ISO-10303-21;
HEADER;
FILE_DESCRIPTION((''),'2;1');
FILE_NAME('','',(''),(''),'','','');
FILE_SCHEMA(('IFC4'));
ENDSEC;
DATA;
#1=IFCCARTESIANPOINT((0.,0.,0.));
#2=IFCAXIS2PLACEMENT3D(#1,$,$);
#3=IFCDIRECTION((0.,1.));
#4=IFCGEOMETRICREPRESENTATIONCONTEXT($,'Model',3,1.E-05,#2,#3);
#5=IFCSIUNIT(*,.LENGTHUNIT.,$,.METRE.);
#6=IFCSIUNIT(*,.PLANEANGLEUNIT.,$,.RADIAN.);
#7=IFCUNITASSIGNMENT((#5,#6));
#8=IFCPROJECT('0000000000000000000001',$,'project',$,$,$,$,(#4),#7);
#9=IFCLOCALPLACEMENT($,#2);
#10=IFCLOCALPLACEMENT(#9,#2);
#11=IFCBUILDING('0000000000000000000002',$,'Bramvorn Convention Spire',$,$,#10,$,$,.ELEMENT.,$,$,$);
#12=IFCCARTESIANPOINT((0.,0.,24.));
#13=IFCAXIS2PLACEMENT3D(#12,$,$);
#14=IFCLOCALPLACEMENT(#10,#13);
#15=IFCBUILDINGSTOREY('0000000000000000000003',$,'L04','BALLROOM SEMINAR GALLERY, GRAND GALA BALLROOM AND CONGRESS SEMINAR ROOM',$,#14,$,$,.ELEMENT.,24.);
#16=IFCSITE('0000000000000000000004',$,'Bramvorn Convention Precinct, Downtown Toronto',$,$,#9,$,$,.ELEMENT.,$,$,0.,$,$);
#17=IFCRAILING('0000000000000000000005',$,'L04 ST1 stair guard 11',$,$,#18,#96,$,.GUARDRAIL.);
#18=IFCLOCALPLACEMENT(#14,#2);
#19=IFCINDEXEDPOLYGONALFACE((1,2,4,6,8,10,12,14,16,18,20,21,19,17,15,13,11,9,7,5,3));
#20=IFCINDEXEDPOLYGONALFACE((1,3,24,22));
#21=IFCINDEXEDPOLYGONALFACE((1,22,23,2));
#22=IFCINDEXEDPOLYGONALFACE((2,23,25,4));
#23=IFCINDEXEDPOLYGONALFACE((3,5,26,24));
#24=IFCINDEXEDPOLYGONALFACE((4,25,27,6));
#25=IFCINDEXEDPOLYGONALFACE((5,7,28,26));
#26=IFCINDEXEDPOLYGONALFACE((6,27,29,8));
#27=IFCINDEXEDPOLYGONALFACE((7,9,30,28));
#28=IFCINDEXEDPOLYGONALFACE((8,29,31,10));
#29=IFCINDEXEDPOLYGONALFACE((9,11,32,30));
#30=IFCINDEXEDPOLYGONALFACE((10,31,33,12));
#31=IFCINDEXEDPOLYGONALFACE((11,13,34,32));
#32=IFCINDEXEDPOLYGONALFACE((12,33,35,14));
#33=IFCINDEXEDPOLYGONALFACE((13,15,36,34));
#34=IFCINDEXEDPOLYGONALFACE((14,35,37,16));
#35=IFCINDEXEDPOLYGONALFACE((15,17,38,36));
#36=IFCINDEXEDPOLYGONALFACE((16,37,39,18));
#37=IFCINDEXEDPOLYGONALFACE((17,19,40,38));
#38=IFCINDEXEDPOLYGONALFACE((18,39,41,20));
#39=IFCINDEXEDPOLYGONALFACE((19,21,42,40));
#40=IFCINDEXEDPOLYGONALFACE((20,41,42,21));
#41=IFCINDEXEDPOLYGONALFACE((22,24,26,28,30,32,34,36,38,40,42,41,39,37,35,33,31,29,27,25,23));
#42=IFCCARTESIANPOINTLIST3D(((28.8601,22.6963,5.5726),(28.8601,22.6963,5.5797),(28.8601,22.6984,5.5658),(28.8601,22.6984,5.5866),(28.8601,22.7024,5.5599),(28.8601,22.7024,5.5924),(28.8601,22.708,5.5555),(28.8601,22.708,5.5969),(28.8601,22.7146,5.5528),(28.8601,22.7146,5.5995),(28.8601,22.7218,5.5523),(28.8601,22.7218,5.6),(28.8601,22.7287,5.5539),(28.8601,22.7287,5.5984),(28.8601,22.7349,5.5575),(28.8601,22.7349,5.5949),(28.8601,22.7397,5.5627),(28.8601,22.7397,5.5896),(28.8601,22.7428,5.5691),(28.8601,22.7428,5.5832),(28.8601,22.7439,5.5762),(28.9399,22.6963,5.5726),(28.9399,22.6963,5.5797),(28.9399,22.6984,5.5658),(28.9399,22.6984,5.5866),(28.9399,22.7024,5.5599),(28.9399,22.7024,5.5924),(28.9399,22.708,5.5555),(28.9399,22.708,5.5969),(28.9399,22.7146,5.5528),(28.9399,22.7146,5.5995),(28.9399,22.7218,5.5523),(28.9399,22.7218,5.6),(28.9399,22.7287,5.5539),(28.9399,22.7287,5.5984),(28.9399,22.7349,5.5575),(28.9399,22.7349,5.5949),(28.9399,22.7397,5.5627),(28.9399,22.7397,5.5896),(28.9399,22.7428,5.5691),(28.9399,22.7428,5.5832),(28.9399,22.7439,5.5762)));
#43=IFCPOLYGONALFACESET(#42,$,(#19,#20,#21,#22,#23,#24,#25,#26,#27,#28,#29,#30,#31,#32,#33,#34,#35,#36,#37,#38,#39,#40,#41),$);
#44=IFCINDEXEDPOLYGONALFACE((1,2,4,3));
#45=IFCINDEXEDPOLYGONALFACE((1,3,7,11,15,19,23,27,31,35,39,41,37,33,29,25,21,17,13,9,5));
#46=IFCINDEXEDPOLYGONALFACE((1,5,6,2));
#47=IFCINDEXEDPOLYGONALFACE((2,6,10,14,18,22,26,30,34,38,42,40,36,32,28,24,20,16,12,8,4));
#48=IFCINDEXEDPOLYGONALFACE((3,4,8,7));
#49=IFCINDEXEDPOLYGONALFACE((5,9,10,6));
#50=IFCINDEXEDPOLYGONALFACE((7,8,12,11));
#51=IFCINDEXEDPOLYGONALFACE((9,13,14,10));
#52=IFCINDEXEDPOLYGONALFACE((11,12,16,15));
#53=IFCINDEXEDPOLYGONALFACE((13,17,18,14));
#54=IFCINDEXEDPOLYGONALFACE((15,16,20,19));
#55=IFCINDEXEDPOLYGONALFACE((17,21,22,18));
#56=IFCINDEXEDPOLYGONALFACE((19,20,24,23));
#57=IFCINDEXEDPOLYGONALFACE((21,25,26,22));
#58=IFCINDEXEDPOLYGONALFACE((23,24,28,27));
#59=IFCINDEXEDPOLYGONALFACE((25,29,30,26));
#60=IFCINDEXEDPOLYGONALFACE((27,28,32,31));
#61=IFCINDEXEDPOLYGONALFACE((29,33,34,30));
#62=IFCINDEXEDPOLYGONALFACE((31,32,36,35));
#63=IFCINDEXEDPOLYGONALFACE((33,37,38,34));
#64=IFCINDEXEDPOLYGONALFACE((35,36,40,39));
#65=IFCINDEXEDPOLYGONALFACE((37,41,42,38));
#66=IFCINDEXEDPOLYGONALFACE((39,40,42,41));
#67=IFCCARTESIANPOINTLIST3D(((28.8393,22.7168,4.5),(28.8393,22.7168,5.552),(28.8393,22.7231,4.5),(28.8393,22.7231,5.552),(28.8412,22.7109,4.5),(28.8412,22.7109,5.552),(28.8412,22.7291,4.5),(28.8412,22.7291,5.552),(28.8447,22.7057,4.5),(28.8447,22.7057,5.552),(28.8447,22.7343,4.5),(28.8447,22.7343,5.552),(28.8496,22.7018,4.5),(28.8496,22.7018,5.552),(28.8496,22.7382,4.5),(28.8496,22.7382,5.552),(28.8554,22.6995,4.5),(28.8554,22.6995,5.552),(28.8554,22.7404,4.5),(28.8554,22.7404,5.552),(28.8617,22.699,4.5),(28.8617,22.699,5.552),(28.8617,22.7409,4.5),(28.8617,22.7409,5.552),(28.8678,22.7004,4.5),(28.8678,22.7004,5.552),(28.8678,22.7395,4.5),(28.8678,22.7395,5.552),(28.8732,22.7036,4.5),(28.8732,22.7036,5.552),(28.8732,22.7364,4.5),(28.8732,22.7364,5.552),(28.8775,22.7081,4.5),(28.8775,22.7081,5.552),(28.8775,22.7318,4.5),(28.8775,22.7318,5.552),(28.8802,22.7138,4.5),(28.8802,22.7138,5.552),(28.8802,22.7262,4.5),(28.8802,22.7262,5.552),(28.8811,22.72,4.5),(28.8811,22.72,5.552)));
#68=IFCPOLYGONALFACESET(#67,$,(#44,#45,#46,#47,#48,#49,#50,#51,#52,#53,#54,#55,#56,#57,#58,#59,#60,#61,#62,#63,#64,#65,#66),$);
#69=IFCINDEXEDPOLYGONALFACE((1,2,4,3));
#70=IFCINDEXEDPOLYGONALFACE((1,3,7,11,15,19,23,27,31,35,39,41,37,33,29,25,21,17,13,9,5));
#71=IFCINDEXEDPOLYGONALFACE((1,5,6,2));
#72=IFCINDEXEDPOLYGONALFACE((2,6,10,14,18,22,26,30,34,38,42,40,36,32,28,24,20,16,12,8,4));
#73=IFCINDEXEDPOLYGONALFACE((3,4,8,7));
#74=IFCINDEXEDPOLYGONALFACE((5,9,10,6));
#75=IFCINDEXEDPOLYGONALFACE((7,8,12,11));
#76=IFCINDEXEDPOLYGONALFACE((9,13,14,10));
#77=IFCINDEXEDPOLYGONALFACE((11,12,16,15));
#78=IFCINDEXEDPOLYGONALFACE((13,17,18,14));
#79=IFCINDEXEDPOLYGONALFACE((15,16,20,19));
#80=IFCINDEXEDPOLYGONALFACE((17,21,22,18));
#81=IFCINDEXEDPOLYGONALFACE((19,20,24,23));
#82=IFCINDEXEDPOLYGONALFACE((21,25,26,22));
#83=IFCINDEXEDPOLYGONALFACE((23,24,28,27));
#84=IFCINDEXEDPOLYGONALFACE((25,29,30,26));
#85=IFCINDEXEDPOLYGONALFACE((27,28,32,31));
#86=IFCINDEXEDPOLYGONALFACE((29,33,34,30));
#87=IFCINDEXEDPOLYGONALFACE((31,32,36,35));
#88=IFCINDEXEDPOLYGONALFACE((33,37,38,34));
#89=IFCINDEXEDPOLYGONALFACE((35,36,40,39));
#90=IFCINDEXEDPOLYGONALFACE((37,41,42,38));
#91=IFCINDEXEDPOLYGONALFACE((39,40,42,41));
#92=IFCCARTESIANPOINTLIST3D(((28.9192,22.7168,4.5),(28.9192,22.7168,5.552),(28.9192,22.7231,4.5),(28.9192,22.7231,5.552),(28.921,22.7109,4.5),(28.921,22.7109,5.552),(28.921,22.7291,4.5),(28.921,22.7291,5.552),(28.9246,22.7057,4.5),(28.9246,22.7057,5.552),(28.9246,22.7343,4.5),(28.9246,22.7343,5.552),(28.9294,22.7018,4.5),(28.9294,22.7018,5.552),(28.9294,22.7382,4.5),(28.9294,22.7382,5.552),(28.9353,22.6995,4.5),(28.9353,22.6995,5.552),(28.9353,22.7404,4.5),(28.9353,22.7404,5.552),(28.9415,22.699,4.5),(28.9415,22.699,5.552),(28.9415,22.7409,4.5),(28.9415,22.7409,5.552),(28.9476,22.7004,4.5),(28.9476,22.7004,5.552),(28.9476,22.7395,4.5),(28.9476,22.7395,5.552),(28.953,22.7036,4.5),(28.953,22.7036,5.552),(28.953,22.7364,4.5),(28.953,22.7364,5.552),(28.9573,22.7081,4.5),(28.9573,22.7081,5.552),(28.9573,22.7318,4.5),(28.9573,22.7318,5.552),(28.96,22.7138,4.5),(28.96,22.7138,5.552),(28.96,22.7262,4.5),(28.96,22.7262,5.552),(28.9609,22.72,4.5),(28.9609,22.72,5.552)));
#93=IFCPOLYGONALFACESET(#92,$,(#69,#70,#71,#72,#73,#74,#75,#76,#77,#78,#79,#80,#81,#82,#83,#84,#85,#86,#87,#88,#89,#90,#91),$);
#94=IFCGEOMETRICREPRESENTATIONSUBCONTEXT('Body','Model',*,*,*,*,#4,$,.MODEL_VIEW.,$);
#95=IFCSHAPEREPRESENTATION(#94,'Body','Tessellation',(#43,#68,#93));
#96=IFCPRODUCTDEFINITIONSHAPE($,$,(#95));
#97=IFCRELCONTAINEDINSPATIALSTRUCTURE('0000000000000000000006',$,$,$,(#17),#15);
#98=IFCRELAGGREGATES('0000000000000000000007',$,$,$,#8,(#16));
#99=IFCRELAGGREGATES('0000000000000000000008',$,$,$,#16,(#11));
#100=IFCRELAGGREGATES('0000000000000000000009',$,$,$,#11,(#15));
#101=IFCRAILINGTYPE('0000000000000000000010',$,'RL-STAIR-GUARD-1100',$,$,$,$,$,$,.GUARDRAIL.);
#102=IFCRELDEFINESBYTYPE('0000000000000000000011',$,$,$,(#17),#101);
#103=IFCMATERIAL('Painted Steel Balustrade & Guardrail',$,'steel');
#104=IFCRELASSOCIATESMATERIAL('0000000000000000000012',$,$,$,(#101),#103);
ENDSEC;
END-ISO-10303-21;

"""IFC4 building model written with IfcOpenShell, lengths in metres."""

from ifc_helpers import new_model, si_unit, direction, frame, origin, origin_2d, place, context, subcontext, project, spatial, circle, extrude, material, type_object, element, save


model = new_model("IFC4")

# Units and contexts
model_context = context("Model", 3, precision=1e-05, world=origin(), true_north=direction((0.0, 1.0)))
body_context = subcontext(model_context, "Body", "Model", "MODEL_VIEW")
ifc_project = project(units=[si_unit("LENGTHUNIT", "METRE"), si_unit("PLANEANGLEUNIT", "RADIAN")], contexts=[model_context])

# Site, building, storey
site_placement = place(None, origin())
site = spatial("IfcSite", under=ifc_project, at=site_placement, Name="Bramvorn Convention Precinct, Downtown Toronto", CompositionType="ELEMENT", RefElevation=0.0)
building_placement = place(site_placement, origin())
building = spatial("IfcBuilding", under=site, at=building_placement, Name="Bramvorn Convention Spire", CompositionType="ELEMENT")
storey_placement = place(building_placement, frame((0.0, 0.0, 24.0)))
storey = spatial("IfcBuildingStorey", under=building, at=storey_placement, Name="L04", Description="BALLROOM SEMINAR GALLERY, GRAND GALA BALLROOM AND CONGRESS SEMINAR ROOM", CompositionType="ELEMENT", Elevation=24.0)

# Railing
ifc_material_1 = material(Name="Painted Steel Balustrade & Guardrail", Category="steel")
railing_type = type_object("IfcRailingType", Name="RL-STAIR-GUARD-1100", PredefinedType="GUARDRAIL", material=ifc_material_1)
railing_1_placement = place(storey_placement, frame((28.8601, 22.72, 4.5)))
element("IfcRailing", 1, at=railing_1_placement, inside=storey, type_object=railing_type, Name="L04 ST1 stair guard 11", PredefinedType="GUARDRAIL", context=body_context, shape_type="SweptSolid", body=[
    extrude(circle(Radius=0.0239, at=origin_2d()), frame((0.0, 0.0, 1.0762), z_axis=(1.0, 0.0, 0.0), x_axis=(0.0, 1.0, 0.0)), (0.0, 0.0, 1.0), 0.0798),
    extrude(circle(Radius=0.021, at=origin_2d()), origin(), (0.0, 0.0, 1.0), 1.052),
    extrude(circle(Radius=0.021, at=origin_2d()), frame((0.0798, 0.0, 0.0)), (0.0, 0.0, 1.0), 1.052),
])

save(model, "model.ifc")
